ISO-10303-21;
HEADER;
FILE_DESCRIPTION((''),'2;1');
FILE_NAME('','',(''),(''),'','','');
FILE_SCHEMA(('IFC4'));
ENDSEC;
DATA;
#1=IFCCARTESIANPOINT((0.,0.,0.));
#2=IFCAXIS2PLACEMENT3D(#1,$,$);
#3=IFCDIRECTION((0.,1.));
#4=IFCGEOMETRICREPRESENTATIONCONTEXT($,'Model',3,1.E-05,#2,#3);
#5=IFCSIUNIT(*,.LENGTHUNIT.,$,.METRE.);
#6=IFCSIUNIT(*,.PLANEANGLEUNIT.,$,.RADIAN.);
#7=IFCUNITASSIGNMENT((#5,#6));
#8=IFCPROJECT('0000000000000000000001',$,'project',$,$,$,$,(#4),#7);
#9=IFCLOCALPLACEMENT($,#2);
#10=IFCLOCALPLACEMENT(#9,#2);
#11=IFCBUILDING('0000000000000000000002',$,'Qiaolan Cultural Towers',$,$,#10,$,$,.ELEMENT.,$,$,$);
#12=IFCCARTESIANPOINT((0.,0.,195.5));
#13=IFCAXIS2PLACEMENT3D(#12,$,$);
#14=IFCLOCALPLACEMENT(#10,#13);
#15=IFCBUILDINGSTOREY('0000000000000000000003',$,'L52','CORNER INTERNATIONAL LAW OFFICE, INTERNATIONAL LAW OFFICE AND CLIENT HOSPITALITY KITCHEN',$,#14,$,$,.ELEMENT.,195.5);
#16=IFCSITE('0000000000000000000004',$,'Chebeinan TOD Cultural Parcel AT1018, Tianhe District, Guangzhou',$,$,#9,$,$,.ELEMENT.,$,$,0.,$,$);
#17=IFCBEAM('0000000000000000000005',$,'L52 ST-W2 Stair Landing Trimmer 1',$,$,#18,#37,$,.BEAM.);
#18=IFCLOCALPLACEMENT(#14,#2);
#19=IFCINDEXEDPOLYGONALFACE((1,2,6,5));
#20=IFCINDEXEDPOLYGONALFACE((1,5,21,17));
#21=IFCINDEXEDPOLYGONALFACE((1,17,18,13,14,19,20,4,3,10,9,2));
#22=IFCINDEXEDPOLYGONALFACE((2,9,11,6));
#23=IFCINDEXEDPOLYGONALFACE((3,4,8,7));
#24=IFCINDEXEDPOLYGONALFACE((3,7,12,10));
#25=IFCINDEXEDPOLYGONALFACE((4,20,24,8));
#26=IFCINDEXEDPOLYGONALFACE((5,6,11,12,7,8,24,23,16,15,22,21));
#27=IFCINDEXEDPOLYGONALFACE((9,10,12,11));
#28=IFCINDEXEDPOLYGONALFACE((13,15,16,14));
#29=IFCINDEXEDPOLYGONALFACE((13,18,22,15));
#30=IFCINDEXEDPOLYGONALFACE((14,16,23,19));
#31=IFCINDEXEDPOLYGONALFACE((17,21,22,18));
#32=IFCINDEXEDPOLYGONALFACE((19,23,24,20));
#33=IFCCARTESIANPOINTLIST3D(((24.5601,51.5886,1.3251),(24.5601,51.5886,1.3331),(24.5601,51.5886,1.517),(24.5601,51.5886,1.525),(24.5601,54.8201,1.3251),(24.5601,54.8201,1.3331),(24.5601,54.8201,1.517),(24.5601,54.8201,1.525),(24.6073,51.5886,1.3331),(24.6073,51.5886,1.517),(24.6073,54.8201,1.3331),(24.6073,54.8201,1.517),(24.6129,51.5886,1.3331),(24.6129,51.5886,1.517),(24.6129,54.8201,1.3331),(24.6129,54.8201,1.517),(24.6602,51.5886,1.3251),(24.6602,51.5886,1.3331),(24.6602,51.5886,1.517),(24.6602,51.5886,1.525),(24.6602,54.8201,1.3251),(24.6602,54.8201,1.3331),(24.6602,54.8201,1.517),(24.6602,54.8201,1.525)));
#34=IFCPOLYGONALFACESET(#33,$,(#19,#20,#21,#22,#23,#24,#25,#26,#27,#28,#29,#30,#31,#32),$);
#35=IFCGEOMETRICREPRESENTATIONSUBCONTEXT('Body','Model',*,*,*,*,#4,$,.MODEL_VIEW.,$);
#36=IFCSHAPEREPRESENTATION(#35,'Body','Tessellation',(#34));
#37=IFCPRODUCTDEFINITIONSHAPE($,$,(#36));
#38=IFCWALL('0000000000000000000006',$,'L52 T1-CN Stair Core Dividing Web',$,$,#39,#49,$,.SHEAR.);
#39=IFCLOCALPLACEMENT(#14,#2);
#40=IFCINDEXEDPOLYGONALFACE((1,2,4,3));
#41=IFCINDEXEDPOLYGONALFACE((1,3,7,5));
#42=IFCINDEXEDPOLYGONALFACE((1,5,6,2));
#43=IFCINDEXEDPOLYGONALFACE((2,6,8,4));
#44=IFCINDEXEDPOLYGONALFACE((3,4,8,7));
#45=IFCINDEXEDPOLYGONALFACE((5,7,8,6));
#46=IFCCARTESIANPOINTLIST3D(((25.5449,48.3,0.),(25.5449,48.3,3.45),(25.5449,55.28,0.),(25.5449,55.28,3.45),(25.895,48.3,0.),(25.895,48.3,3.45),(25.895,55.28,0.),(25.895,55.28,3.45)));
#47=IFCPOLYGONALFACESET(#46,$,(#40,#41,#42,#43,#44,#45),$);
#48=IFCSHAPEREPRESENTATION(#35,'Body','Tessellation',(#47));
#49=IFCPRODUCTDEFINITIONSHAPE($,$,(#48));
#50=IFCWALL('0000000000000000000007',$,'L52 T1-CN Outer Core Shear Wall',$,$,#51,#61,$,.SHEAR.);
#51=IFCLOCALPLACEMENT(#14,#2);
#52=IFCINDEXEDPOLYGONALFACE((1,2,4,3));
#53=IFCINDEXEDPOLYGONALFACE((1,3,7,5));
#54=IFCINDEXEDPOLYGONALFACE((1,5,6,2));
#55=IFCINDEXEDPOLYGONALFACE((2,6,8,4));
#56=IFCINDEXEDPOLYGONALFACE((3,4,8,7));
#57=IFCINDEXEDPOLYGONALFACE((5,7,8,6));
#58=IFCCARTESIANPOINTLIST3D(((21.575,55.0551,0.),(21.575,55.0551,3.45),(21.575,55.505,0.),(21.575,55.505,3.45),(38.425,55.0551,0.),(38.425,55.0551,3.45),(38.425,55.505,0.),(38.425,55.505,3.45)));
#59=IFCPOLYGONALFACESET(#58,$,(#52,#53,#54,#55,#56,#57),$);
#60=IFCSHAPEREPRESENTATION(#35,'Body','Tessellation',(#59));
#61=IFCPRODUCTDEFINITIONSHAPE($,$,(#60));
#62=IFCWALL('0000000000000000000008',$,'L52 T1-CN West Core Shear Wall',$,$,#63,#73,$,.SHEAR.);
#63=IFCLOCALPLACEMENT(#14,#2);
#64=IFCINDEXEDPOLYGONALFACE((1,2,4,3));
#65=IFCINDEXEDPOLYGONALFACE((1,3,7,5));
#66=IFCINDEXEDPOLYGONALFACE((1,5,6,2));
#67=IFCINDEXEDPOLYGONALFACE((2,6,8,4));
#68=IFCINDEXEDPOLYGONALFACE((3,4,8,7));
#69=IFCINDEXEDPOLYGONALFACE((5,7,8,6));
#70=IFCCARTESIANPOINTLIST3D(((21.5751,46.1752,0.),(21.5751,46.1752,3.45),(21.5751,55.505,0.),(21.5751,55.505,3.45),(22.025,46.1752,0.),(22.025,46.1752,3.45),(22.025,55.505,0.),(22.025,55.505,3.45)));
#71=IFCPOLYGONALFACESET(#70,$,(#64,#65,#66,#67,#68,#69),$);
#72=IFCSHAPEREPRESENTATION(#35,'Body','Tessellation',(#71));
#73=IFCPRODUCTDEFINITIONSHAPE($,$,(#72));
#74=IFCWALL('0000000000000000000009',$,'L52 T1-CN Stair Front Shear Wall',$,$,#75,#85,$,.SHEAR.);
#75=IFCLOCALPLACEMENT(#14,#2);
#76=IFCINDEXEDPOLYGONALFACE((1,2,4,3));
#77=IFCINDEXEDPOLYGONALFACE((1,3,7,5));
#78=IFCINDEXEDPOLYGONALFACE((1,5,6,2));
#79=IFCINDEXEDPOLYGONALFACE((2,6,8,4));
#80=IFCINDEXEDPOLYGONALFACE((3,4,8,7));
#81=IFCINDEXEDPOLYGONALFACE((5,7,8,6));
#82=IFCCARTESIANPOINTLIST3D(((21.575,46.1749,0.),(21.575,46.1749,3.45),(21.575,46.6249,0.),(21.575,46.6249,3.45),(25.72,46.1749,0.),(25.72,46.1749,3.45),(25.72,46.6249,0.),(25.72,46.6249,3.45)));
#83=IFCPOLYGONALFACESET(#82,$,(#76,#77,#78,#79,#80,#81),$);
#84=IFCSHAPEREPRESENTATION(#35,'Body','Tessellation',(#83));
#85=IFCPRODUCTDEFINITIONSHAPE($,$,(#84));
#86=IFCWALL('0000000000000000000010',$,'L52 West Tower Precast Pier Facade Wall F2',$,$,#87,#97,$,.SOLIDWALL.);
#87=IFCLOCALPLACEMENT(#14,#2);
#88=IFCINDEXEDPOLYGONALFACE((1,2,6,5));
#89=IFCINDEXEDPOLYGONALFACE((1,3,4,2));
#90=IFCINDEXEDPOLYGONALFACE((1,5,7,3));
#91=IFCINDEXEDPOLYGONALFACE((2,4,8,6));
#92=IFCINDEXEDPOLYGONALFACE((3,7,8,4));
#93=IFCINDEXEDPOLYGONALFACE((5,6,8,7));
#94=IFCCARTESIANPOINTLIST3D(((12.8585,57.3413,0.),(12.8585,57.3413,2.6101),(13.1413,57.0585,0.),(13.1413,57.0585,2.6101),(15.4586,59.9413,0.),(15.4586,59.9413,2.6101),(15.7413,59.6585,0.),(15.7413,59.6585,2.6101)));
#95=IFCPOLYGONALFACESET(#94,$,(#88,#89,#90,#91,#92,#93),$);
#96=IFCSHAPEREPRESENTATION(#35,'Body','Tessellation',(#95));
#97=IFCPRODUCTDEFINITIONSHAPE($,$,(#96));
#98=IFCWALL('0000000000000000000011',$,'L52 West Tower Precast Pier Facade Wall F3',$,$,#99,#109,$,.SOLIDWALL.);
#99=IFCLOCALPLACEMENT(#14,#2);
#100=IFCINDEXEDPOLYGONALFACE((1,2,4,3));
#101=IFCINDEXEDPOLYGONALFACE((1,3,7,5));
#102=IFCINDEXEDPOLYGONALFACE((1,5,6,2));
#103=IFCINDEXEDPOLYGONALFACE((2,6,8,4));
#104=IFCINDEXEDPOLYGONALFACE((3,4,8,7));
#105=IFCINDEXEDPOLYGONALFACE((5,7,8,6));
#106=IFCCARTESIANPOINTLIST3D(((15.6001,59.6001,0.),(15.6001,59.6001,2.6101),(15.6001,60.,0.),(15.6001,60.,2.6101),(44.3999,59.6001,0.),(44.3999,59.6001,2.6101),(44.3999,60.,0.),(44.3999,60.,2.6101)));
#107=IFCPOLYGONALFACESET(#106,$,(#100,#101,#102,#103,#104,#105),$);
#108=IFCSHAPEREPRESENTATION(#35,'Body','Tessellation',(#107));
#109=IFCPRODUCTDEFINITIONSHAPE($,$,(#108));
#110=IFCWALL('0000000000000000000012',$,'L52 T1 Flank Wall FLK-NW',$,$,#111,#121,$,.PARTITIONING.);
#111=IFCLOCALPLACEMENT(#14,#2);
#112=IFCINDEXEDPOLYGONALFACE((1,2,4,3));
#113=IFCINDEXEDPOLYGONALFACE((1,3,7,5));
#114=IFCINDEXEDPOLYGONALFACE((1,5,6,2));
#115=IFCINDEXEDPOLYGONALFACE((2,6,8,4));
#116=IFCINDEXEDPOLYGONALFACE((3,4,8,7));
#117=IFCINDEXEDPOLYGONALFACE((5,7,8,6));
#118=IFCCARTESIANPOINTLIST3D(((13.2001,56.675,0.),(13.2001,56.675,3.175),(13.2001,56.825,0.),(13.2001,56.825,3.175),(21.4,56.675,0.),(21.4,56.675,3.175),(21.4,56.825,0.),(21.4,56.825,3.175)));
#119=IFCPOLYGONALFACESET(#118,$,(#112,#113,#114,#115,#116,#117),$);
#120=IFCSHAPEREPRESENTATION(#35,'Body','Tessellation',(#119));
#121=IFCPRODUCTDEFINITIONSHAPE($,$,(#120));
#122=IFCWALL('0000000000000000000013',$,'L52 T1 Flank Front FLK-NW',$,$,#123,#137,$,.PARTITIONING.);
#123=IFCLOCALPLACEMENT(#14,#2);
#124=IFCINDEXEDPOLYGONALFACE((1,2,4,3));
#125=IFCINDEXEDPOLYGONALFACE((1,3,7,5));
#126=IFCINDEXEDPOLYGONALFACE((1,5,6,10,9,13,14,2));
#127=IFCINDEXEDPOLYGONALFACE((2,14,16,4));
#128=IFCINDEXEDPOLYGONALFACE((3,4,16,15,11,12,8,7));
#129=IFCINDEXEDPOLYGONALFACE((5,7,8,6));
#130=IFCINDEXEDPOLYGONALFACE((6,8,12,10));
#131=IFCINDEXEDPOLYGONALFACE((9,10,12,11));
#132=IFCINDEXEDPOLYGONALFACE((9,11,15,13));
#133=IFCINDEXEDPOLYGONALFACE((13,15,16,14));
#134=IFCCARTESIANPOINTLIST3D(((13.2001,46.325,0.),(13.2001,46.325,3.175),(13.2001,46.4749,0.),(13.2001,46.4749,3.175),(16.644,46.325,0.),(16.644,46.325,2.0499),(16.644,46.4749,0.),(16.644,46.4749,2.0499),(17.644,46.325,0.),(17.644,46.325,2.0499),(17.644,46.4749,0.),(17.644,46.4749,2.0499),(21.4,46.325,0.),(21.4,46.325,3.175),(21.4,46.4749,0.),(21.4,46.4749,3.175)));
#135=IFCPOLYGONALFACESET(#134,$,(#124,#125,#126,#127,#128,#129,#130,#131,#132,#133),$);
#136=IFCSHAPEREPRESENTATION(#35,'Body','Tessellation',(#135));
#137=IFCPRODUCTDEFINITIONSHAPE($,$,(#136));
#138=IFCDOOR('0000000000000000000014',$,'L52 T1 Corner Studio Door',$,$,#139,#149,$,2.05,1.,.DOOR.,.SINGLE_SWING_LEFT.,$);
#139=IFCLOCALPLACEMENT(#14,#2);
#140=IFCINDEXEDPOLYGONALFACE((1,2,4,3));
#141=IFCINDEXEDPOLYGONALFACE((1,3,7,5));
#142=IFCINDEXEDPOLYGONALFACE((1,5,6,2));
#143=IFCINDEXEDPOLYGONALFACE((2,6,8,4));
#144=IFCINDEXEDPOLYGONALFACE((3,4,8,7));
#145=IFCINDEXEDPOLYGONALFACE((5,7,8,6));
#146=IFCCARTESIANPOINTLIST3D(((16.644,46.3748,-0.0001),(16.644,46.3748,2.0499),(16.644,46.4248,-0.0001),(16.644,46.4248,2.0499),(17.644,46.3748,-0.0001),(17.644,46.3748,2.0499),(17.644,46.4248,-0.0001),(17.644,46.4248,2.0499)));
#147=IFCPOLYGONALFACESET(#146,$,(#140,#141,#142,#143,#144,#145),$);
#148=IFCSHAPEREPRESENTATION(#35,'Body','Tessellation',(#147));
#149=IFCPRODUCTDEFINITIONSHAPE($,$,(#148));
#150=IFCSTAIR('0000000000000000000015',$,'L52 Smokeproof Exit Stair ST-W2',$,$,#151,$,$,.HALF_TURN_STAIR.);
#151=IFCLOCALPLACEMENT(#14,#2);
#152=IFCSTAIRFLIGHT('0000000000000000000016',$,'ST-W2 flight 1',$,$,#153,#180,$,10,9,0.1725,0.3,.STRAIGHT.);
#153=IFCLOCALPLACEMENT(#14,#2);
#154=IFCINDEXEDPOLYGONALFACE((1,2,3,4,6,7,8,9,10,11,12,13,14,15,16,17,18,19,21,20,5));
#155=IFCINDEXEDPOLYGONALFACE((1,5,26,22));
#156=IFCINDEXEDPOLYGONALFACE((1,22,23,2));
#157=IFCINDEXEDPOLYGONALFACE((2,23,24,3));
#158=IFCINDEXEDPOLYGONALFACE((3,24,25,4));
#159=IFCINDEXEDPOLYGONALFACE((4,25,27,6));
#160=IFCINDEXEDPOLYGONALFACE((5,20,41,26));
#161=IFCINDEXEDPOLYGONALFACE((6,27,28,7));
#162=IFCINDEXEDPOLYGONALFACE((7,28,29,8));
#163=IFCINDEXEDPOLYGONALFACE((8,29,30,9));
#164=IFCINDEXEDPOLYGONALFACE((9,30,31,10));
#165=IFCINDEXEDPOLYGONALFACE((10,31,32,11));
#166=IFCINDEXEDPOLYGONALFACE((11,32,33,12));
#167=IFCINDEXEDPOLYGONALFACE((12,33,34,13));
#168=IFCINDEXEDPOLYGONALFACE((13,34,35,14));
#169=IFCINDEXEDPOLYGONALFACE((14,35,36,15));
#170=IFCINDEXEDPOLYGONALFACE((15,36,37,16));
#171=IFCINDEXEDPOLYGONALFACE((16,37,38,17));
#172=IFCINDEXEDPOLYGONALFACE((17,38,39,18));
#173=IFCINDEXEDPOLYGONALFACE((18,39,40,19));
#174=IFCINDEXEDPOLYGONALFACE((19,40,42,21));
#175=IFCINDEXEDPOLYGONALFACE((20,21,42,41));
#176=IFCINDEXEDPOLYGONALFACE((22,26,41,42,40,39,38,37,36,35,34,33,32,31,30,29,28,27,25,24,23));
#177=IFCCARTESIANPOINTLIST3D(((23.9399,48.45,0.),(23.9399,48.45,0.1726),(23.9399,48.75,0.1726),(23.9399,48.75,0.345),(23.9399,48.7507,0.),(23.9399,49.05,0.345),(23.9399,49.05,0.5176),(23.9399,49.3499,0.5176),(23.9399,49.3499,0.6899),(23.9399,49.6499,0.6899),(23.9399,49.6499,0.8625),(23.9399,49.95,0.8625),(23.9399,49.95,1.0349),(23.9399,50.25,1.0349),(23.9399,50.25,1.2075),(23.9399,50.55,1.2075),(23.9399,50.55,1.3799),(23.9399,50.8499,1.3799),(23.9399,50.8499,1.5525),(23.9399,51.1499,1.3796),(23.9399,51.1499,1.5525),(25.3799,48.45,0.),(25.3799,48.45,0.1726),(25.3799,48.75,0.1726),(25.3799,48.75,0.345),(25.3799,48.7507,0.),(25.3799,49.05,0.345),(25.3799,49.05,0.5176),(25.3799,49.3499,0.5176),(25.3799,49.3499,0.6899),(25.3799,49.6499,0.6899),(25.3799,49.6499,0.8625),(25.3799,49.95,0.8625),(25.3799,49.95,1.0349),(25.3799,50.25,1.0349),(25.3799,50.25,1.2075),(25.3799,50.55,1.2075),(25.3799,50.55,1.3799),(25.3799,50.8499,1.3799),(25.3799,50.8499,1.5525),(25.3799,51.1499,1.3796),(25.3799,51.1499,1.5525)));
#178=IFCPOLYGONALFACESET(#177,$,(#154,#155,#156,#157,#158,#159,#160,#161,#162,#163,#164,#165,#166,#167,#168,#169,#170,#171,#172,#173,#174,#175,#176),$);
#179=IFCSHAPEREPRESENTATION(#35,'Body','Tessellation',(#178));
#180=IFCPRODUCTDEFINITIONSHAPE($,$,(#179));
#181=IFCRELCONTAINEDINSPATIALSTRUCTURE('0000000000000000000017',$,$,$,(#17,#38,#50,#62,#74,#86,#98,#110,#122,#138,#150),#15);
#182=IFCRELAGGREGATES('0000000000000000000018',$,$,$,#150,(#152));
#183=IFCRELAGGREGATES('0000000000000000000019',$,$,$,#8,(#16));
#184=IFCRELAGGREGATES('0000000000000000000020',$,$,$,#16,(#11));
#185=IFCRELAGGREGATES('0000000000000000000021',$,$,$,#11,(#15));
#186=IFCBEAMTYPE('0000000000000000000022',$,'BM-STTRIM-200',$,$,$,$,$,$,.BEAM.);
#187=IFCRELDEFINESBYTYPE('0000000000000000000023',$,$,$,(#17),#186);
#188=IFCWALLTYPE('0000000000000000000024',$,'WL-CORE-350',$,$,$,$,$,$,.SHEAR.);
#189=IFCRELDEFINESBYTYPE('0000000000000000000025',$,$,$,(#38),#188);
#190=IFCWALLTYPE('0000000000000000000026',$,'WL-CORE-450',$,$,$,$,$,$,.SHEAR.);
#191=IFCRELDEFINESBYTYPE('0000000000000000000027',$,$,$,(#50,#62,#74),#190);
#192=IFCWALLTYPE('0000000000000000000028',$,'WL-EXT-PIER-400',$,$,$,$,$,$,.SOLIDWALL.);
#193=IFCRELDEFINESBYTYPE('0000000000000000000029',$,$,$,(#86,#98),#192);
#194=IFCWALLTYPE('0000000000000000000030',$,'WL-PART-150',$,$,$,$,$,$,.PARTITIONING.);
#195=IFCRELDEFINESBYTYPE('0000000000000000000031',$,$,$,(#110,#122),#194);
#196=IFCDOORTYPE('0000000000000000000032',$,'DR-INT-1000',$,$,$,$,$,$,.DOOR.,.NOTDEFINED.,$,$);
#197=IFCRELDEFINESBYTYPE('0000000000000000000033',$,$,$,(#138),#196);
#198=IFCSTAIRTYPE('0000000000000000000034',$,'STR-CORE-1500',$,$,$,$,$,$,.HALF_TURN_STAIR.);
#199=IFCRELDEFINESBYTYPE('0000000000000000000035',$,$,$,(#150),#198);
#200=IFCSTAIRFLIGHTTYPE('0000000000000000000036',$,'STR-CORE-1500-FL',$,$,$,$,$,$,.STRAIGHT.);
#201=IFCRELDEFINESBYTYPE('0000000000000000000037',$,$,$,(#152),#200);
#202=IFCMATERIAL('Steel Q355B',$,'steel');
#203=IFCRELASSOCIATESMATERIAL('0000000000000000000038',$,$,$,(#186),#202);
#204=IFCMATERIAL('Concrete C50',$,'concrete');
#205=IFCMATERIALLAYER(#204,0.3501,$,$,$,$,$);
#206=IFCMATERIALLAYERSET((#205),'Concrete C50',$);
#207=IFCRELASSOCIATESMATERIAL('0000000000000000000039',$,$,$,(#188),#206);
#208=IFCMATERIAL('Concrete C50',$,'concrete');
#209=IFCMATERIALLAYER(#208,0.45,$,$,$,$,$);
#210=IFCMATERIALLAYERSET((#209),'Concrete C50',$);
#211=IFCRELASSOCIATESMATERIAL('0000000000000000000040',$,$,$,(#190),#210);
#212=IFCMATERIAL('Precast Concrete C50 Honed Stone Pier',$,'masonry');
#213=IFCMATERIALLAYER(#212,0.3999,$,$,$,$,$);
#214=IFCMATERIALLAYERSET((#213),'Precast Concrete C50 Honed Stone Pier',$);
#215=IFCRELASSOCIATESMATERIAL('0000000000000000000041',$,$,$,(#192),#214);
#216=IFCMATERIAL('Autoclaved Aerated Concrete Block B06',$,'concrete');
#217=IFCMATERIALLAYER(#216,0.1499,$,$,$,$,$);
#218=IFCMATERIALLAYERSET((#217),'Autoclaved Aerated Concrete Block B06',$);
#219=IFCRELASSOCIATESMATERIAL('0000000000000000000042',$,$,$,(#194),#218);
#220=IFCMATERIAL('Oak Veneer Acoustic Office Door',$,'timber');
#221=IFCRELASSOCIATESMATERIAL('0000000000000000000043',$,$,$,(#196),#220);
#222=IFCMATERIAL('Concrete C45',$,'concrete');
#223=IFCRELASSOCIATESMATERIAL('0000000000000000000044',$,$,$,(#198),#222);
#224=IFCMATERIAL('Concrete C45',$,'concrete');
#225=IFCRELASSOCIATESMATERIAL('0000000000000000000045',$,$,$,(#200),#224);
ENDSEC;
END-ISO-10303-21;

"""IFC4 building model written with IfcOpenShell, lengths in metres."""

from ifc_helpers import new_model, si_unit, direction, frame, frame_2d, origin, origin_2d, place, context, subcontext, project, spatial, polyline, rectangle, i_section, outline, extrude, material, layer, layer_set, material_profile, profile_set, type_object, element, fill, aggregate, save


model = new_model("IFC4")

# Units and contexts
model_context = context("Model", 3, precision=1e-05, world=origin(), true_north=direction((0.0, 1.0)))
body_context = subcontext(model_context, "Body", "Model", "MODEL_VIEW")
ifc_project = project(units=[si_unit("LENGTHUNIT", "METRE"), si_unit("PLANEANGLEUNIT", "RADIAN")], contexts=[model_context])

# Site, building, storey
site_placement = place(None, origin())
site = spatial("IfcSite", under=ifc_project, at=site_placement, Name="Chebeinan TOD Cultural Parcel AT1018, Tianhe District, Guangzhou", CompositionType="ELEMENT", RefElevation=0.0)
building_placement = place(site_placement, origin())
building = spatial("IfcBuilding", under=site, at=building_placement, Name="Qiaolan Cultural Towers", CompositionType="ELEMENT")
storey_placement = place(building_placement, frame((0.0, 0.0, 195.5)))
storey = spatial("IfcBuildingStorey", under=building, at=storey_placement, Name="L52", Description="CORNER INTERNATIONAL LAW OFFICE, INTERNATIONAL LAW OFFICE AND CLIENT HOSPITALITY KITCHEN", CompositionType="ELEMENT", Elevation=195.5)

# Beam
ifc_material_1 = material(Name="Steel Q355B", Category="steel")
ifc_material_profile_1 = material_profile(ifc_material_1, i_section(OverallWidth=0.1001, OverallDepth=0.2, WebThickness=0.0056, FlangeThickness=0.0081, at=origin_2d()), Name="HN200x100x5.5x8")
ifc_profile_set_1 = profile_set([ifc_material_profile_1], Name="Steel Q355B")
beam_type_1 = type_object("IfcBeamType", Name="BM-STTRIM-200", PredefinedType="BEAM", material=ifc_profile_set_1)
beam_1_placement = place(storey_placement, frame((24.6101, 51.5886, 1.425), z_axis=(0.0, 1.0, 0.0), x_axis=(-1.0, 0.0, 0.0)))
element("IfcBeam", 1, at=beam_1_placement, inside=storey, type_object=beam_type_1, Name="L52 ST-W2 Stair Landing Trimmer 1", PredefinedType="BEAM", context=body_context, shape_type="SweptSolid", body=[
    extrude(i_section(OverallWidth=0.1001, OverallDepth=0.2, WebThickness=0.0056, FlangeThickness=0.0081, at=origin_2d()), origin(), (0.0, 0.0, 1.0), 3.2314),
])

# Walls
ifc_material_2 = material(Name="Concrete C50", Category="concrete")
ifc_layer_1 = layer(ifc_material_2, 0.3501)
ifc_layer_set_1 = layer_set([ifc_layer_1], Name="Concrete C50")
wall_type_1 = type_object("IfcWallType", Name="WL-CORE-350", PredefinedType="SHEAR", material=ifc_layer_set_1)
wall_1_placement = place(storey_placement, frame((25.72, 48.3, 0.0), z_axis=(0.0, 0.0, 1.0), x_axis=(0.0, 1.0, 0.0)))
element("IfcWall", 2, at=wall_1_placement, inside=storey, type_object=wall_type_1, Name="L52 T1-CN Stair Core Dividing Web", PredefinedType="SHEAR", context=body_context, shape_type="SweptSolid", body=[
    extrude(rectangle(XDim=6.98, YDim=0.3501, at=frame_2d((3.49, 0.0))), origin(), (0.0, 0.0, 1.0), 3.45),
])
ifc_material_3 = material(Name="Concrete C50", Category="concrete")
ifc_layer_2 = layer(ifc_material_3, 0.45)
ifc_layer_set_2 = layer_set([ifc_layer_2], Name="Concrete C50")
wall_type_2 = type_object("IfcWallType", Name="WL-CORE-450", PredefinedType="SHEAR", material=ifc_layer_set_2)
wall_2_placement = place(storey_placement, frame((21.575, 55.28, 0.0), z_axis=(0.0, 0.0, 1.0), x_axis=(1.0, 0.0, 0.0)))
element("IfcWall", 3, at=wall_2_placement, inside=storey, type_object=wall_type_2, Name="L52 T1-CN Outer Core Shear Wall", PredefinedType="SHEAR", context=body_context, shape_type="SweptSolid", body=[
    extrude(rectangle(XDim=16.8501, YDim=0.45, at=frame_2d((8.425, 0.0))), origin(), (0.0, 0.0, 1.0), 3.45),
])
wall_3_placement = place(storey_placement, frame((21.8, 46.175, 0.0), z_axis=(0.0, 0.0, 1.0), x_axis=(0.0, 1.0, 0.0)))
element("IfcWall", 4, at=wall_3_placement, inside=storey, type_object=wall_type_2, Name="L52 T1-CN West Core Shear Wall", PredefinedType="SHEAR", context=body_context, shape_type="SweptSolid", body=[
    extrude(rectangle(XDim=9.3298, YDim=0.45, at=frame_2d((4.665, 0.0))), origin(), (0.0, 0.0, 1.0), 3.45),
])
wall_4_placement = place(storey_placement, frame((21.575, 46.3999, 0.0), z_axis=(0.0, 0.0, 1.0), x_axis=(1.0, 0.0, 0.0)))
element("IfcWall", 5, at=wall_4_placement, inside=storey, type_object=wall_type_2, Name="L52 T1-CN Stair Front Shear Wall", PredefinedType="SHEAR", context=body_context, shape_type="SweptSolid", body=[
    extrude(rectangle(XDim=4.145, YDim=0.45, at=frame_2d((2.0725, 0.0))), origin(), (0.0, 0.0, 1.0), 3.45),
])
ifc_material_4 = material(Name="Precast Concrete C50 Honed Stone Pier", Category="masonry")
ifc_layer_3 = layer(ifc_material_4, 0.3999)
ifc_layer_set_3 = layer_set([ifc_layer_3], Name="Precast Concrete C50 Honed Stone Pier")
wall_type_3 = type_object("IfcWallType", Name="WL-EXT-PIER-400", PredefinedType="SOLIDWALL", material=ifc_layer_set_3)
wall_5_placement = place(storey_placement, frame((13.0, 57.2, 0.0), z_axis=(0.0, 0.0, 1.0), x_axis=(0.707107, 0.707107, 0.0)))
element("IfcWall", 6, at=wall_5_placement, inside=storey, type_object=wall_type_3, Name="L52 West Tower Precast Pier Facade Wall F2", PredefinedType="SOLIDWALL", context=body_context, shape_type="SweptSolid", body=[
    extrude(rectangle(XDim=3.677, YDim=0.3999, at=frame_2d((1.8384, 0.0))), origin(), (0.0, 0.0, 1.0), 2.6101),
])
wall_6_placement = place(storey_placement, frame((15.6001, 59.8, 0.0), z_axis=(0.0, 0.0, 1.0), x_axis=(1.0, 0.0, 0.0)))
element("IfcWall", 7, at=wall_6_placement, inside=storey, type_object=wall_type_3, Name="L52 West Tower Precast Pier Facade Wall F3", PredefinedType="SOLIDWALL", context=body_context, shape_type="SweptSolid", body=[
    extrude(rectangle(XDim=28.7998, YDim=0.3999, at=frame_2d((14.3999, 0.0))), origin(), (0.0, 0.0, 1.0), 2.6101),
])
ifc_material_5 = material(Name="Autoclaved Aerated Concrete Block B06", Category="concrete")
ifc_layer_4 = layer(ifc_material_5, 0.1499)
ifc_layer_set_4 = layer_set([ifc_layer_4], Name="Autoclaved Aerated Concrete Block B06")
wall_type_4 = type_object("IfcWallType", Name="WL-PART-150", PredefinedType="PARTITIONING", material=ifc_layer_set_4)
wall_7_placement = place(storey_placement, frame((13.2, 56.75, 0.0), z_axis=(0.0, 0.0, 1.0), x_axis=(1.0, 0.0, 0.0)))
element("IfcWall", 8, at=wall_7_placement, inside=storey, type_object=wall_type_4, Name="L52 T1 Flank Wall FLK-NW", PredefinedType="PARTITIONING", context=body_context, shape_type="SweptSolid", body=[
    extrude(rectangle(XDim=8.2, YDim=0.1499, at=frame_2d((4.1001, 0.0))), origin(), (0.0, 0.0, 1.0), 3.175),
])

# Wall, opening, door
wall_8_placement = place(storey_placement, frame((13.2, 46.3999, 0.0), z_axis=(0.0, 0.0, 1.0), x_axis=(1.0, 0.0, 0.0)))
wall_8 = element("IfcWall", 9, at=wall_8_placement, inside=storey, type_object=wall_type_4, Name="L52 T1 Flank Front FLK-NW", PredefinedType="PARTITIONING", context=body_context, shape_type="SweptSolid", body=[
    extrude(rectangle(XDim=8.2, YDim=0.1499, at=frame_2d((4.1001, 0.0))), origin(), (0.0, 0.0, 1.0), 3.175),
])
opening_placement = place(wall_8_placement, frame((3.4441, 0.0, 0.0)))
opening = element("IfcOpeningElement", 10, at=opening_placement, cuts=wall_8, PredefinedType="OPENING", context=body_context, shape_type="SweptSolid", body=[
    extrude(rectangle(XDim=1.0, YDim=2.05, at=frame_2d((0.5, 1.0249))), frame((0.0, 0.085, 0.0), z_axis=(0.0, -1.0, 0.0), x_axis=(1.0, 0.0, 0.0)), (0.0, 0.0, 1.0), 0.1699),
])
ifc_material_6 = material(Name="Oak Veneer Acoustic Office Door", Category="timber")
door_type = type_object("IfcDoorType", Name="DR-INT-1000", OperationType="NOTDEFINED", PredefinedType="DOOR", material=ifc_material_6)
door_placement = place(opening_placement, origin())
door = element("IfcDoor", 11, at=door_placement, inside=storey, type_object=door_type, Name="L52 T1 Corner Studio Door", OperationType="SINGLE_SWING_LEFT", OverallHeight=2.05, OverallWidth=1.0, PredefinedType="DOOR", context=body_context, shape_type="SweptSolid", body=[
    extrude(rectangle(XDim=1.0, YDim=2.05, at=frame_2d((0.5, 1.0249))), frame((0.0, 0.0249, 0.0), z_axis=(0.0, -1.0, 0.0), x_axis=(1.0, 0.0, 0.0)), (0.0, 0.0, 1.0), 0.05),
])
fill(opening, door)

# Stair, stair flight
ifc_material_7 = material(Name="Concrete C45", Category="concrete")
stair_type = type_object("IfcStairType", Name="STR-CORE-1500", PredefinedType="HALF_TURN_STAIR", material=ifc_material_7)
stair_placement = place(storey_placement, origin())
stair = element("IfcStair", 12, at=stair_placement, inside=storey, type_object=stair_type, Name="L52 Smokeproof Exit Stair ST-W2", PredefinedType="HALF_TURN_STAIR")
ifc_material_8 = material(Name="Concrete C45", Category="concrete")
stair_flight_type = type_object("IfcStairFlightType", Name="STR-CORE-1500-FL", PredefinedType="STRAIGHT", material=ifc_material_8)
stair_flight_1_placement = place(storey_placement, frame((24.6599, 48.45, 0.0), z_axis=(0.0, 0.0, 1.0), x_axis=(0.0, 1.0, 0.0)))
stair_flight_1 = element("IfcStairFlight", 13, at=stair_flight_1_placement, type_object=stair_flight_type, Name="ST-W2 flight 1", NumberOfRisers=10, NumberOfTreads=9, PredefinedType="STRAIGHT", RiserHeight=0.1725, TreadLength=0.3, context=body_context, shape_type="SweptSolid", body=[
    extrude(outline(polyline([(0.0, 0.0), (0.0, 0.1726), (0.3, 0.1726), (0.3, 0.345), (0.6001, 0.345), (0.6001, 0.5176), (0.8999, 0.5176), (0.8999, 0.6899), (1.2, 0.6899), (1.2, 0.8625), (1.5, 0.8625), (1.5, 1.0349), (1.8, 1.0349), (1.8, 1.2075), (2.1001, 1.2075), (2.1001, 1.3799), (2.3999, 1.3799), (2.3999, 1.5525), (2.7, 1.5525), (2.7, 1.7251), (2.7, 1.3796), (0.3008, 0.0), (0.0, 0.0)])), frame((0.0, 0.72, 0.0), z_axis=(0.0, -1.0, 0.0), x_axis=(1.0, 0.0, 0.0)), (0.0, 0.0, 1.0), 1.4399),
])
aggregate(stair, [stair_flight_1])

save(model, "model.ifc")
